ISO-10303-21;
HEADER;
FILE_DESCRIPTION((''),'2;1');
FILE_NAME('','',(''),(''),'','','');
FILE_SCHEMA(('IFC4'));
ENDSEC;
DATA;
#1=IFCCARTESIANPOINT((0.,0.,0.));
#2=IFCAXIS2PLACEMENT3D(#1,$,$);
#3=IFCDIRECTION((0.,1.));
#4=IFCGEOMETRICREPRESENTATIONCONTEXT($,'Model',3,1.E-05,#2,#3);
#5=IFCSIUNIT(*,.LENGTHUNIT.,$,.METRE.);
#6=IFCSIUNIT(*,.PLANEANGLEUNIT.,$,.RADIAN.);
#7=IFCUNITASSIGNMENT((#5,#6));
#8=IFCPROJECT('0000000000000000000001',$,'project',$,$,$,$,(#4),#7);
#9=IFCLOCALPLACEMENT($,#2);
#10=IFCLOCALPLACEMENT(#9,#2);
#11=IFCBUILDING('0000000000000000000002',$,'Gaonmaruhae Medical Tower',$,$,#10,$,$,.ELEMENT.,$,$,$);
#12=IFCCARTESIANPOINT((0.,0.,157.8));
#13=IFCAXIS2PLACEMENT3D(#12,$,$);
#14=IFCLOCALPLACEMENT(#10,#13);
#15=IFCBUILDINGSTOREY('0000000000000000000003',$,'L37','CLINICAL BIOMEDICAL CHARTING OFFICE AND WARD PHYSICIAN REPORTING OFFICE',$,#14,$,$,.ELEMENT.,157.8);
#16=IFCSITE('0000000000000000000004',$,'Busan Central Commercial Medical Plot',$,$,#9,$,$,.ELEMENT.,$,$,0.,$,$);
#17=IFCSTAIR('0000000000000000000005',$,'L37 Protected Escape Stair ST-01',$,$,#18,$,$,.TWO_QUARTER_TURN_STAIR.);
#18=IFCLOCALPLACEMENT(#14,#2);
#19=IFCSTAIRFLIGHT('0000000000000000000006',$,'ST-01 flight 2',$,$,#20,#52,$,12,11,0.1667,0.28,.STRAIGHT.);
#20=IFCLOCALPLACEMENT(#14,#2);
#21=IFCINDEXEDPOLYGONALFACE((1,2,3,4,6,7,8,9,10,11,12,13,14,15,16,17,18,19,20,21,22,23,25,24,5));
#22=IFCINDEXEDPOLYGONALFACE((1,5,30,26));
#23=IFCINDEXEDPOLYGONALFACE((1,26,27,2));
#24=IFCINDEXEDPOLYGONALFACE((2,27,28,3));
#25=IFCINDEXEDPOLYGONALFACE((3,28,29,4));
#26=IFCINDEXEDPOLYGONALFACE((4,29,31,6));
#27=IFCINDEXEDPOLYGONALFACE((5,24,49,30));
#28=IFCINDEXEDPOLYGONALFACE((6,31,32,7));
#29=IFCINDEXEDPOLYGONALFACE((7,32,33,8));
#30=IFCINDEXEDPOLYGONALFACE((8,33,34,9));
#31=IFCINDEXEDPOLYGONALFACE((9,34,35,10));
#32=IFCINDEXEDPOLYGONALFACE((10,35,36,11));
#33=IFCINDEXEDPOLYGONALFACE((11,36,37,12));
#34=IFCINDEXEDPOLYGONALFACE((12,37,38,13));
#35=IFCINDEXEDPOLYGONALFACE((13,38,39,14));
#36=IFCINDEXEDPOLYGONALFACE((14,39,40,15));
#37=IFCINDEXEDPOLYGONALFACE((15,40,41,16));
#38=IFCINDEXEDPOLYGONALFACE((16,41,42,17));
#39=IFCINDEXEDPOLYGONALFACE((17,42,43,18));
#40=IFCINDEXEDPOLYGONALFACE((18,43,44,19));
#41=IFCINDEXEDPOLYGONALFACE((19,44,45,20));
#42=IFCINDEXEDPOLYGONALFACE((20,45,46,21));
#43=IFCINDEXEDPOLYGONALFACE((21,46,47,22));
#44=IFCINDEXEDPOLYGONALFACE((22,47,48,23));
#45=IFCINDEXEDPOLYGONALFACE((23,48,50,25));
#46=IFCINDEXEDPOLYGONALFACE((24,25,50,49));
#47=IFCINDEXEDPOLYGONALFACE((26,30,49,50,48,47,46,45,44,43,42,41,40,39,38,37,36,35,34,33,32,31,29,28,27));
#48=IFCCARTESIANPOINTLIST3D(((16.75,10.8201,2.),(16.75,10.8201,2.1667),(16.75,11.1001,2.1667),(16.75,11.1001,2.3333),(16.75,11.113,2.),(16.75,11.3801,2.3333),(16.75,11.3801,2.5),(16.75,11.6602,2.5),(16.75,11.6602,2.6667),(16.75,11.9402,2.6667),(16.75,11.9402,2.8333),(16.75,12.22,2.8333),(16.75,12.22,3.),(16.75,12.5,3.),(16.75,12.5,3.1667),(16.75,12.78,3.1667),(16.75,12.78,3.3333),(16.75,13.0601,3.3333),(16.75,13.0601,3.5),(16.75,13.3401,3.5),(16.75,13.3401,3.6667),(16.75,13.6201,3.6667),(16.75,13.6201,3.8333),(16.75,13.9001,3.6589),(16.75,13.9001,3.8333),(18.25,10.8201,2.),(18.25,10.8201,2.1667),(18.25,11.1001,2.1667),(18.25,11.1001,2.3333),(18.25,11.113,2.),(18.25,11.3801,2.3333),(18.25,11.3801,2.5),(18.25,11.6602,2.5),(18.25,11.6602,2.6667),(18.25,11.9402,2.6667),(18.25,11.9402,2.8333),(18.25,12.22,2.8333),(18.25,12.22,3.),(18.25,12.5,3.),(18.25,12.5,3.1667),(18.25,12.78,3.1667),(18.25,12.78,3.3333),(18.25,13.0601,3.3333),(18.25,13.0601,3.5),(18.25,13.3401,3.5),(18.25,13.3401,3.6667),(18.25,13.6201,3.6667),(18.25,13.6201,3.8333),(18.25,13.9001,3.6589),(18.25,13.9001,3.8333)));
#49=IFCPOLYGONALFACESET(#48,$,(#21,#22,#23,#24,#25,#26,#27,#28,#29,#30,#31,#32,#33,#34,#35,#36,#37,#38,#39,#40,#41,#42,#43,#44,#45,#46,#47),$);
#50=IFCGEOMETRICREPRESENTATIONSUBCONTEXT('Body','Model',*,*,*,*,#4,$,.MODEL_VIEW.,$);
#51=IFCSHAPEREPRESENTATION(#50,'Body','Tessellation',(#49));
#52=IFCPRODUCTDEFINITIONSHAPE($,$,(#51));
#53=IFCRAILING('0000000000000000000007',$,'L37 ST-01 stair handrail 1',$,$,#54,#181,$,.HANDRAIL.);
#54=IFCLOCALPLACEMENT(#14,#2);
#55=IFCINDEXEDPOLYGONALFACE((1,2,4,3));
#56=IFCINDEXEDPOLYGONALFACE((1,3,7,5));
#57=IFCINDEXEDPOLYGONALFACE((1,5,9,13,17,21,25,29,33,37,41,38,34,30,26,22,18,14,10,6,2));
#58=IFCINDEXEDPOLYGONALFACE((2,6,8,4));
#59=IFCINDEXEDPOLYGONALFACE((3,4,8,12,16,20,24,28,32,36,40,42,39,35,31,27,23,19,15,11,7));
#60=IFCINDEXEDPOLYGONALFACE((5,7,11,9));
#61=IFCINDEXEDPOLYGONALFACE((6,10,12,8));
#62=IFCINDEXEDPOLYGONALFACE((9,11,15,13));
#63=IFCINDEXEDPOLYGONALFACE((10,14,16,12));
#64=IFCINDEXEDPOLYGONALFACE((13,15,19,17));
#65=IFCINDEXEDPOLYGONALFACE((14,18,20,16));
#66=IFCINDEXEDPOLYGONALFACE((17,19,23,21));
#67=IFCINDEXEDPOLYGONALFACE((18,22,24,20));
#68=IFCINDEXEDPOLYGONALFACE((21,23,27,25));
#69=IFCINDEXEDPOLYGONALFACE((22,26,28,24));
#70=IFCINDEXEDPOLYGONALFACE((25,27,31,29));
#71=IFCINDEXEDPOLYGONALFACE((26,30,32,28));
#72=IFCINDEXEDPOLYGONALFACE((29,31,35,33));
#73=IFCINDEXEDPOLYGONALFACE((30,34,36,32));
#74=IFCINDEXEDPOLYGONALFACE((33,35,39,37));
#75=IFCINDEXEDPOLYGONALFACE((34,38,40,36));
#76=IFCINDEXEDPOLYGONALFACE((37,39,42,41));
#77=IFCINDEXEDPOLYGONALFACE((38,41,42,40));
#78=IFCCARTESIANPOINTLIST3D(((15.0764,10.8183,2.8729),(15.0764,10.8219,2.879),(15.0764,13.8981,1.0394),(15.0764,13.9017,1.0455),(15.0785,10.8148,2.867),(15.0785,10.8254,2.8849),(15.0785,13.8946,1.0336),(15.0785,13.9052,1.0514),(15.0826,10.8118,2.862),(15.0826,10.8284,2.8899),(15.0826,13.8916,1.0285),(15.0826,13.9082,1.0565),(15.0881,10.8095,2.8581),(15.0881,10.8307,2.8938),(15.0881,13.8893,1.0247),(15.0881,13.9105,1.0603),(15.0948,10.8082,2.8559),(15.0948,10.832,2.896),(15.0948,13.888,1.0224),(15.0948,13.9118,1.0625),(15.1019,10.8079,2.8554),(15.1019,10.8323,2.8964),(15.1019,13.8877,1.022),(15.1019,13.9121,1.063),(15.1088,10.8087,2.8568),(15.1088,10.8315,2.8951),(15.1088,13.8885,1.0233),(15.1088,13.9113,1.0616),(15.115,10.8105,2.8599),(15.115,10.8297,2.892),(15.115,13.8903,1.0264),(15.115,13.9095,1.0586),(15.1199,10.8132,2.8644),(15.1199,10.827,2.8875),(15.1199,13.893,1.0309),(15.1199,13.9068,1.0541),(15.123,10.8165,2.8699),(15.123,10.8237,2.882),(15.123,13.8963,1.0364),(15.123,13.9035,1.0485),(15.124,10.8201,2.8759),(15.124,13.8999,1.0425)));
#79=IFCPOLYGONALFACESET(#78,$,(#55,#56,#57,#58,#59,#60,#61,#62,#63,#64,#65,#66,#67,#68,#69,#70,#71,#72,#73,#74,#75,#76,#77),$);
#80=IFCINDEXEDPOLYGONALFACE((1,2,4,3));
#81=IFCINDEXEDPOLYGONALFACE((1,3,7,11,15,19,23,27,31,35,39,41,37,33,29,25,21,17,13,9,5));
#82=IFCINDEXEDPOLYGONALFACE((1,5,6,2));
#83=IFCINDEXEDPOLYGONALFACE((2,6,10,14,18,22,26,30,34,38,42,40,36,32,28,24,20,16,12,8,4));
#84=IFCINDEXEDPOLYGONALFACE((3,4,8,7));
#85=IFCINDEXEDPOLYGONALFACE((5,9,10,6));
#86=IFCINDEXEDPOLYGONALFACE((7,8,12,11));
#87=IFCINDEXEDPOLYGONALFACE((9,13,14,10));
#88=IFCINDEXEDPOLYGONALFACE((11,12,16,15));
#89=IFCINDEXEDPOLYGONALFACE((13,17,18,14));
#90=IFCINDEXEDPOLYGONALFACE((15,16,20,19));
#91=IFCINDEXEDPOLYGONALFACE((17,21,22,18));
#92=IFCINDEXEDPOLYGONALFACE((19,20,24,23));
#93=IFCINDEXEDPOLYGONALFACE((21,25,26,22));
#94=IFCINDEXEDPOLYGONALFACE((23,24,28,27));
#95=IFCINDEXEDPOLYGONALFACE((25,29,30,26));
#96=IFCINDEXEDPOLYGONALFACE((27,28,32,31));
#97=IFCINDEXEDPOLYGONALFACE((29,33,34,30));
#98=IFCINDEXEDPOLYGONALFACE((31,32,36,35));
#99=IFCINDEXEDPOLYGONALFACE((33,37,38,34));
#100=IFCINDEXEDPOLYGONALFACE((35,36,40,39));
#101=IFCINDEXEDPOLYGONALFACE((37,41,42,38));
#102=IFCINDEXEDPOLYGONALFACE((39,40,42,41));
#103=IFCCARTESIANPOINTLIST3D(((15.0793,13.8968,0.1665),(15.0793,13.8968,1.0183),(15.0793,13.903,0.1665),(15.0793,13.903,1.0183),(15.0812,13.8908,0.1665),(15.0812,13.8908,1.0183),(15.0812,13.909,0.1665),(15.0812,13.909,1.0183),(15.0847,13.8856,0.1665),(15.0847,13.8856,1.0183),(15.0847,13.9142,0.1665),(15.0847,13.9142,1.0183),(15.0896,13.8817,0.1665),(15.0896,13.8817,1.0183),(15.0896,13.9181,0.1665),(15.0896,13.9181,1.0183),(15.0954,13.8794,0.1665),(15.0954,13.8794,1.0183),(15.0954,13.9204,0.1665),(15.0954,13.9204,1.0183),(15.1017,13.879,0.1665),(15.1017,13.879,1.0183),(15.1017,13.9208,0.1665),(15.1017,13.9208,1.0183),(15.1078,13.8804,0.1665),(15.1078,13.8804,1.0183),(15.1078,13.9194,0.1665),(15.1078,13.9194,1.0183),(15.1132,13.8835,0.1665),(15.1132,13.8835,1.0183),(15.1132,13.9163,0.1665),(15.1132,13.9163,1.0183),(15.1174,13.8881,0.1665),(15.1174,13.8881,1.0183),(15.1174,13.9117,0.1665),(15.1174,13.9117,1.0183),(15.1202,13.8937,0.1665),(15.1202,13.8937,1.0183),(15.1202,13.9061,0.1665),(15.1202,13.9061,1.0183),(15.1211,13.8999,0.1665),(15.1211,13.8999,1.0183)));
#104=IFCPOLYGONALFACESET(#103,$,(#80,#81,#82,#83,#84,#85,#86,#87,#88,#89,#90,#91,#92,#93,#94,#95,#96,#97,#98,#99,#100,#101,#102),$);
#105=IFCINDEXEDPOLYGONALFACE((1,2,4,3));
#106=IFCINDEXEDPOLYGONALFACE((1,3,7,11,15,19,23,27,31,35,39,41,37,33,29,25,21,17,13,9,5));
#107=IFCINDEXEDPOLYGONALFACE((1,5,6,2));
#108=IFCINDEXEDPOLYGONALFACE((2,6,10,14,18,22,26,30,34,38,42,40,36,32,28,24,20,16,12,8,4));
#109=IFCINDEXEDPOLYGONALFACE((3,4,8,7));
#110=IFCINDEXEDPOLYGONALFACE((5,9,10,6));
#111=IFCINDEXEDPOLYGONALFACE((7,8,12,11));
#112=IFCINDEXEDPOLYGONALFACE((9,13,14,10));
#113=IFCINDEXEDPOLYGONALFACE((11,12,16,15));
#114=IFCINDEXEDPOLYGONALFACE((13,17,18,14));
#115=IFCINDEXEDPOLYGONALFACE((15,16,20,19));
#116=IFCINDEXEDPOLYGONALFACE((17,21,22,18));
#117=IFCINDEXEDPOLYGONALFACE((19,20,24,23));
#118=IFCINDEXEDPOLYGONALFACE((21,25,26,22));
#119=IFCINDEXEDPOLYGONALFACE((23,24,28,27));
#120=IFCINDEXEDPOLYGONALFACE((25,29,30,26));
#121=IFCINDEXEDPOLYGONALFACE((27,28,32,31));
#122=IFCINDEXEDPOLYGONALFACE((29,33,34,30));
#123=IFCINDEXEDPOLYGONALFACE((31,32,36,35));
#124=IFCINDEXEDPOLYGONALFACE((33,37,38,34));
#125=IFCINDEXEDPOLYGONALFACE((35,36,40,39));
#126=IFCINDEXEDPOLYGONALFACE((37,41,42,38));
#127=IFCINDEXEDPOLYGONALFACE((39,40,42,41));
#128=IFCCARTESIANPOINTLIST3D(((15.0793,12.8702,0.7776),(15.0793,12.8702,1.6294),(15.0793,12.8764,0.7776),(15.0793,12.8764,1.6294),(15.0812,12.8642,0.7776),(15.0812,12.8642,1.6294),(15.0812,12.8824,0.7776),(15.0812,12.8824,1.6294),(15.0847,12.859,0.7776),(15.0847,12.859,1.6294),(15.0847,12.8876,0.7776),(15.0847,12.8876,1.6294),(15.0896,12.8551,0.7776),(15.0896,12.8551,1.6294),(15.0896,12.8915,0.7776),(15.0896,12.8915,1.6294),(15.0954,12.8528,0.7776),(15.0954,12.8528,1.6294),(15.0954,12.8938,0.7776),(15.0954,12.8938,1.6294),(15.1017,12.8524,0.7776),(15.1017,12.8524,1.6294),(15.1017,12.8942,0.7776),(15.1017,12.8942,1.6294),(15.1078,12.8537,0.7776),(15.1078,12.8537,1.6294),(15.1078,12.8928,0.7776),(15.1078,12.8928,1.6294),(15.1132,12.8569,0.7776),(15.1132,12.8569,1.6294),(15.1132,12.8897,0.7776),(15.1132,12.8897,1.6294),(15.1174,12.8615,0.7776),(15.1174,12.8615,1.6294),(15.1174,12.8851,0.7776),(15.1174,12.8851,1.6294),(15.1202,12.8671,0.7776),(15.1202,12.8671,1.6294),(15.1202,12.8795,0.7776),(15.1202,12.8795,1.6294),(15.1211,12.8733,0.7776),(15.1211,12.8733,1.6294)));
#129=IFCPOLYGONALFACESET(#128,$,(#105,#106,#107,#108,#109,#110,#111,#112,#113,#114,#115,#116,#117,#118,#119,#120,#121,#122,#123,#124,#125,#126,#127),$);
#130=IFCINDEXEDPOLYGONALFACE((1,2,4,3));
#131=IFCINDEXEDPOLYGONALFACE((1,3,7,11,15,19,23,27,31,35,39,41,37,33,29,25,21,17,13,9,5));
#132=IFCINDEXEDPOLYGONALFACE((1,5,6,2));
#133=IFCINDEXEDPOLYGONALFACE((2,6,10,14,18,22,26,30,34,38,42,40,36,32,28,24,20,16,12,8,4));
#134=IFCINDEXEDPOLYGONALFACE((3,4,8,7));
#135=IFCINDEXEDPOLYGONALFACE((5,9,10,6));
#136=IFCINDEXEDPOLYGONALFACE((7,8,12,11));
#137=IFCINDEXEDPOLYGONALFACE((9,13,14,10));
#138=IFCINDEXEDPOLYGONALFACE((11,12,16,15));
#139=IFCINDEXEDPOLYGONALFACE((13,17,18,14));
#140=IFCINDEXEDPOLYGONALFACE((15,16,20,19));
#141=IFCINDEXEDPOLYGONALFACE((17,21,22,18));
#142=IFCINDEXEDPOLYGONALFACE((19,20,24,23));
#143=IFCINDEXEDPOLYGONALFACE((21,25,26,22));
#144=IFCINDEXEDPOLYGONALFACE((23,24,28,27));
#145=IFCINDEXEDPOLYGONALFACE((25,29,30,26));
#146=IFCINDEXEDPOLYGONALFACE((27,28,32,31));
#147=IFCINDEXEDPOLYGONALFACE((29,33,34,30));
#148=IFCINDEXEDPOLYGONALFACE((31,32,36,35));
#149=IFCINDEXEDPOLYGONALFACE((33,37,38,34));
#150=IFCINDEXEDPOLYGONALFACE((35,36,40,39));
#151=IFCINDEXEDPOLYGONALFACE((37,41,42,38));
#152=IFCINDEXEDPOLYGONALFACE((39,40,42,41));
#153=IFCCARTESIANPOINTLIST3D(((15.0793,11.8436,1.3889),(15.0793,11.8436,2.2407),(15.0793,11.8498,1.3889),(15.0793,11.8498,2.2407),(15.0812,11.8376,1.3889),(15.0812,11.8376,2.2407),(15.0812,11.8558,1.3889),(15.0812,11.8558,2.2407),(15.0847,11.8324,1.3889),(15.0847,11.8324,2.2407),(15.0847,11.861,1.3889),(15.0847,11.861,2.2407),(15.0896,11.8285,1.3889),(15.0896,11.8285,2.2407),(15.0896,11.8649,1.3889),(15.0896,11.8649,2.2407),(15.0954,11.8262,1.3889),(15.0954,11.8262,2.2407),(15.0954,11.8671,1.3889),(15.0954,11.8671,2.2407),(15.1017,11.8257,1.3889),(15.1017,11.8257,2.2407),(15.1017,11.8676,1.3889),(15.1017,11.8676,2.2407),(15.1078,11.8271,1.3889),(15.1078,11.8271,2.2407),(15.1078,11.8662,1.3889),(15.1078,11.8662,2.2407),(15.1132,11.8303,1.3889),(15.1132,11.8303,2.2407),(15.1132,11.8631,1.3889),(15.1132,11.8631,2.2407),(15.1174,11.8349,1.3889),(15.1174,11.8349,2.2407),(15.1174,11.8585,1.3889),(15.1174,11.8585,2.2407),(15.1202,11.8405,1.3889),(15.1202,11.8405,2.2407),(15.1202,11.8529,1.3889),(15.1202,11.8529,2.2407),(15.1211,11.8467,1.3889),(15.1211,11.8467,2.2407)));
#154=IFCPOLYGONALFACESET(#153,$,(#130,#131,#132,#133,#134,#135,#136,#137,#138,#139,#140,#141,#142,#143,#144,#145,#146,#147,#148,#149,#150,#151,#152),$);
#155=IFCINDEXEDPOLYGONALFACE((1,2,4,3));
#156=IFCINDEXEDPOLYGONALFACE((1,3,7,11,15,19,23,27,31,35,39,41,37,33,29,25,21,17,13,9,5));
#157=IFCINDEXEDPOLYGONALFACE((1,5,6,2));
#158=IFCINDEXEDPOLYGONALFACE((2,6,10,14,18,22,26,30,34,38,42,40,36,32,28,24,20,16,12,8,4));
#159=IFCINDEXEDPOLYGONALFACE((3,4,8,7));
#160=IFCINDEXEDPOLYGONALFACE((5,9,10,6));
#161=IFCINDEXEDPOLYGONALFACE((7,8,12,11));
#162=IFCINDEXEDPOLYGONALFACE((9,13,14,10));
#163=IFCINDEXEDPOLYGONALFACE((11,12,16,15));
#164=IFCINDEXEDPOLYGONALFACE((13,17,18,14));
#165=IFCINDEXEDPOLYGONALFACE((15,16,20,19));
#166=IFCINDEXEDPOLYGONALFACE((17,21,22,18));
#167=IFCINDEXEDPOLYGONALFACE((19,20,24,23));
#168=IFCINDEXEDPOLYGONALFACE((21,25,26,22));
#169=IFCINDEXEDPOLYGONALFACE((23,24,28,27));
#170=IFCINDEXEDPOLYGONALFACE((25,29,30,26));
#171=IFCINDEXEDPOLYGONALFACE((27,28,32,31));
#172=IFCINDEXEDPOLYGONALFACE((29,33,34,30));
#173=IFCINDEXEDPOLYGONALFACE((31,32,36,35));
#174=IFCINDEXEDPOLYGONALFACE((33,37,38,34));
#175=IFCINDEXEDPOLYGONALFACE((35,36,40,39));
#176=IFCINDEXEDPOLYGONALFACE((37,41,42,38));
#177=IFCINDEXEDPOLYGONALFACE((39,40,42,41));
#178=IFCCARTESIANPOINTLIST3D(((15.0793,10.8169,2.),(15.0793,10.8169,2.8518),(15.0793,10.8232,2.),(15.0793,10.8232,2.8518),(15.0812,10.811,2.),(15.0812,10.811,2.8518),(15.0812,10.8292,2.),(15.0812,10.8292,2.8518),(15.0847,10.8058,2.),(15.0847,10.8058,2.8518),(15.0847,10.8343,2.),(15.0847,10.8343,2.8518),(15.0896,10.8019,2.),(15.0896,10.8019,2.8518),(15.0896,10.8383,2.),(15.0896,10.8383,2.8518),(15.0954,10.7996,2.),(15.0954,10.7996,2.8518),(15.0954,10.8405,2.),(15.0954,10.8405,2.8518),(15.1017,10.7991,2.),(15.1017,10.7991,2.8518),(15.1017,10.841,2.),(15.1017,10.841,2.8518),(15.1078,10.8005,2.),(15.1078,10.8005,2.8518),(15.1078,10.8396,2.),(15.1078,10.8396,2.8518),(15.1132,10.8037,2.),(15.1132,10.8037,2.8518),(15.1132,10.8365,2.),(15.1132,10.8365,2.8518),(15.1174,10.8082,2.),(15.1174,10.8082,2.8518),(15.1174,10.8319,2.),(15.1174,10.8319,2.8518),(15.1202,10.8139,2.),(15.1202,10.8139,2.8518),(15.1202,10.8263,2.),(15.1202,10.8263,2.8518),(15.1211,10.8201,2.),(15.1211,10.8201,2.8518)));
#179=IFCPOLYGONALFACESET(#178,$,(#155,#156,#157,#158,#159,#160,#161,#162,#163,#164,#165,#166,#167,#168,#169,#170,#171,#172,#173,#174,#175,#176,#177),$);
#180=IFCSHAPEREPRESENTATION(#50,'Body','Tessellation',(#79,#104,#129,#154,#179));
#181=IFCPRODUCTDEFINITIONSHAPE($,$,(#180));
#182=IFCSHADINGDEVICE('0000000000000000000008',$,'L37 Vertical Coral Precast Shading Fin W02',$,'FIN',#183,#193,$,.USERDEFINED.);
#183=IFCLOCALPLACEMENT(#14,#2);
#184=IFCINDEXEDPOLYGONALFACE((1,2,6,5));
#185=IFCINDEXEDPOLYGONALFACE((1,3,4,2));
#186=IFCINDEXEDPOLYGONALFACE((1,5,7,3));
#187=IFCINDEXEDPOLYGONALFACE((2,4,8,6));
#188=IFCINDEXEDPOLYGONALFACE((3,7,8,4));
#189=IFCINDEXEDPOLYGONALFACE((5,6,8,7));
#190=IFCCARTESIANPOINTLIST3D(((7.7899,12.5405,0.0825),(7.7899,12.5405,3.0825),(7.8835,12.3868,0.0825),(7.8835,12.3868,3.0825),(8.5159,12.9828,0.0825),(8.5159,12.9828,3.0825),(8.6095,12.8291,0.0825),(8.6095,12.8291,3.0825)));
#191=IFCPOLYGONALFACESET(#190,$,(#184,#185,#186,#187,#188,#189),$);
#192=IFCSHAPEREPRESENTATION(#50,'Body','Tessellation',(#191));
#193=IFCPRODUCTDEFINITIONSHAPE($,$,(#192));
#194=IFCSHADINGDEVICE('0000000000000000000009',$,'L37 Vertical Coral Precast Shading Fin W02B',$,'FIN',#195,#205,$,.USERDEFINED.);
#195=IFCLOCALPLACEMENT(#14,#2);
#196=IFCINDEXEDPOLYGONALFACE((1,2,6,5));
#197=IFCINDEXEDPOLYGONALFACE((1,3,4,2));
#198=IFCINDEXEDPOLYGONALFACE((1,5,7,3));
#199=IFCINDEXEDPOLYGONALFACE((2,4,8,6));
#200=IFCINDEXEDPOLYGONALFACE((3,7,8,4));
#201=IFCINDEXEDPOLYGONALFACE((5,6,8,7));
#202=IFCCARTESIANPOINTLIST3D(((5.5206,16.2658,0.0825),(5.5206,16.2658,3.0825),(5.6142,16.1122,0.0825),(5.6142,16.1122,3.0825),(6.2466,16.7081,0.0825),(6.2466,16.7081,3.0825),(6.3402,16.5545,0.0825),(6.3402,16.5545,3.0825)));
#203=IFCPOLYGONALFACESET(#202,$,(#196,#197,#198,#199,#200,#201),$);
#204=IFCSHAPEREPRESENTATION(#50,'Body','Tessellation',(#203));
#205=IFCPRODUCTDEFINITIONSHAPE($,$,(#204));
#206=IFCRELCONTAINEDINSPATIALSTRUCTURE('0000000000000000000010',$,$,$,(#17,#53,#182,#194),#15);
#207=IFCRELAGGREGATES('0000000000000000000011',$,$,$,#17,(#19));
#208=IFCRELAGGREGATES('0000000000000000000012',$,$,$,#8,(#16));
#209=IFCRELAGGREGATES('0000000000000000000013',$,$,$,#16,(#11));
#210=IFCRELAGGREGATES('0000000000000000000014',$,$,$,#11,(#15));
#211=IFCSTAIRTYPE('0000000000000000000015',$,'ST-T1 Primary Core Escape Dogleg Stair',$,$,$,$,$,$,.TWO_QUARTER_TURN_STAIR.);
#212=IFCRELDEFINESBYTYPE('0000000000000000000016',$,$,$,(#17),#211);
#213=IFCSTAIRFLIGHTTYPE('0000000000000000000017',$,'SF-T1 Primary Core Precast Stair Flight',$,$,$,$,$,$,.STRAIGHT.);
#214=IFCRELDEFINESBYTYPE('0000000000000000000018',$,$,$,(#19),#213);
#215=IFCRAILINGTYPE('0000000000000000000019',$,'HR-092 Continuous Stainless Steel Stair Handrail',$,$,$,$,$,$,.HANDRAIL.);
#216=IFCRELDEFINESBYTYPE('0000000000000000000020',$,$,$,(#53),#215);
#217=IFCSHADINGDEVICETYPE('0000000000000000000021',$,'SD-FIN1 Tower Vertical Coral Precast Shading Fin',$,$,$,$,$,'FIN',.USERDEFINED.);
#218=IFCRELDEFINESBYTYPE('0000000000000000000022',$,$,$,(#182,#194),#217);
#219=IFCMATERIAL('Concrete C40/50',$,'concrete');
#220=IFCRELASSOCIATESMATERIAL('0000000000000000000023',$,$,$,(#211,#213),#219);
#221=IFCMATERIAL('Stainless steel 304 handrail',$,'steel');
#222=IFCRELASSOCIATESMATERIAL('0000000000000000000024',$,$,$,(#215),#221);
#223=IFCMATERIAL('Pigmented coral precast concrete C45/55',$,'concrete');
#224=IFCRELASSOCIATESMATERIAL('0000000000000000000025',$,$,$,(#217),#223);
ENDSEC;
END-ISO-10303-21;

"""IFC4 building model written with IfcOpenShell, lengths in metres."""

from ifc_helpers import new_model, si_unit, direction, frame, origin, origin_2d, place, context, subcontext, project, spatial, polyline, rectangle, circle, outline, extrude, material, type_object, element, aggregate, save


model = new_model("IFC4")

# Units and contexts
model_context = context("Model", 3, precision=1e-05, world=origin(), true_north=direction((0.0, 1.0)))
body_context = subcontext(model_context, "Body", "Model", "MODEL_VIEW")
ifc_project = project(units=[si_unit("LENGTHUNIT", "METRE"), si_unit("PLANEANGLEUNIT", "RADIAN")], contexts=[model_context])

# Site, building, storey
site_placement = place(None, origin())
site = spatial("IfcSite", under=ifc_project, at=site_placement, Name="Busan Central Commercial Medical Plot", CompositionType="ELEMENT", RefElevation=0.0)
building_placement = place(site_placement, origin())
building = spatial("IfcBuilding", under=site, at=building_placement, Name="Gaonmaruhae Medical Tower", CompositionType="ELEMENT")
storey_placement = place(building_placement, frame((0.0, 0.0, 157.8)))
storey = spatial("IfcBuildingStorey", under=building, at=storey_placement, Name="L37", Description="CLINICAL BIOMEDICAL CHARTING OFFICE AND WARD PHYSICIAN REPORTING OFFICE", CompositionType="ELEMENT", Elevation=157.8)

# Stair, stair flight
ifc_material_1 = material(Name="Concrete C40/50", Category="concrete")
stair_type = type_object("IfcStairType", Name="ST-T1 Primary Core Escape Dogleg Stair", PredefinedType="TWO_QUARTER_TURN_STAIR", material=ifc_material_1)
stair_placement = place(storey_placement, origin())
stair = element("IfcStair", 1, at=stair_placement, inside=storey, type_object=stair_type, Name="L37 Protected Escape Stair ST-01", PredefinedType="TWO_QUARTER_TURN_STAIR")
stair_flight_type = type_object("IfcStairFlightType", Name="SF-T1 Primary Core Precast Stair Flight", PredefinedType="STRAIGHT", material=ifc_material_1)
stair_flight_1_placement = place(storey_placement, frame((17.5, 10.8201, 2.0), z_axis=(0.0, 0.0, 1.0), x_axis=(0.0, 1.0, 0.0)))
stair_flight_1 = element("IfcStairFlight", 2, at=stair_flight_1_placement, type_object=stair_flight_type, Name="ST-01 flight 2", NumberOfRisers=12, NumberOfTreads=11, PredefinedType="STRAIGHT", RiserHeight=0.1667, TreadLength=0.28, context=body_context, shape_type="SweptSolid", body=[
    extrude(outline(polyline([(0.0, 0.0), (0.0, 0.1667), (0.28, 0.1667), (0.28, 0.3333), (0.5601, 0.3333), (0.5601, 0.5), (0.8401, 0.5), (0.8401, 0.6667), (1.1201, 0.6667), (1.1201, 0.8333), (1.3999, 0.8333), (1.3999, 1.0), (1.6799, 1.0), (1.6799, 1.1667), (1.96, 1.1667), (1.96, 1.3333), (2.24, 1.3333), (2.24, 1.5), (2.52, 1.5), (2.52, 1.6667), (2.8, 1.6667), (2.8, 1.8333), (3.0801, 1.8333), (3.0801, 2.0), (3.0801, 1.6589), (0.293, 0.0), (0.0, 0.0)])), frame((0.0, 0.75, 0.0), z_axis=(0.0, -1.0, 0.0), x_axis=(1.0, 0.0, 0.0)), (0.0, 0.0, 1.0), 1.5),
])
aggregate(stair, [stair_flight_1])

# Railing
ifc_material_2 = material(Name="Stainless steel 304 handrail", Category="steel")
railing_type_1 = type_object("IfcRailingType", Name="HR-092 Continuous Stainless Steel Stair Handrail", PredefinedType="HANDRAIL", material=ifc_material_2)
railing_1_placement = place(storey_placement, frame((15.1001, 13.8999, 0.1665)))
element("IfcRailing", 3, at=railing_1_placement, inside=storey, type_object=railing_type_1, Name="L37 ST-01 stair handrail 1", PredefinedType="HANDRAIL", context=body_context, shape_type="SweptSolid", body=[
    extrude(circle(Radius=0.0239, at=origin_2d()), frame((0.0, 0.0, 0.876), z_axis=(0.0, -0.859261, 0.511538), x_axis=(1.0, 0.0, 0.0)), (0.0, 0.0, 1.0), 3.5842),
    extrude(circle(Radius=0.021, at=origin_2d()), origin(), (0.0, 0.0, 1.0), 0.8518),
    extrude(circle(Radius=0.021, at=origin_2d()), frame((0.0, -1.0266, 0.6111)), (0.0, 0.0, 1.0), 0.8518),
    extrude(circle(Radius=0.021, at=origin_2d()), frame((0.0, -2.0532, 1.2224)), (0.0, 0.0, 1.0), 0.8518),
    extrude(circle(Radius=0.021, at=origin_2d()), frame((0.0, -3.0798, 1.8335)), (0.0, 0.0, 1.0), 0.8518),
])

# Shading devices
ifc_material_3 = material(Name="Pigmented coral precast concrete C45/55", Category="concrete")
shading_device_type = type_object("IfcShadingDeviceType", Name="SD-FIN1 Tower Vertical Coral Precast Shading Fin", ElementType="FIN", PredefinedType="USERDEFINED", material=ifc_material_3)
for number, where, z_axis, x_axis, name in (
    (4, (8.1997, 12.6848, 0.0825), (0.0, 0.0, 1.0), (-0.520265, 0.854005, 0.0), "L37 Vertical Coral Precast Shading Fin W02"),
    (5, (5.9304, 16.4102, 0.0825), (0.0, 0.0, 1.0), (-0.520265, 0.854005, 0.0), "L37 Vertical Coral Precast Shading Fin W02B"),
):
    element("IfcShadingDevice", number, at=place(storey_placement, frame(where, z_axis=z_axis, x_axis=x_axis)), inside=storey, type_object=shading_device_type, Name=name, ObjectType="FIN", PredefinedType="USERDEFINED", context=body_context, shape_type="SweptSolid", body=[
        extrude(rectangle(XDim=0.1799, YDim=0.8501, at=origin_2d()), origin(), (0.0, 0.0, 1.0), 3.0),
    ])

save(model, "model.ifc")
